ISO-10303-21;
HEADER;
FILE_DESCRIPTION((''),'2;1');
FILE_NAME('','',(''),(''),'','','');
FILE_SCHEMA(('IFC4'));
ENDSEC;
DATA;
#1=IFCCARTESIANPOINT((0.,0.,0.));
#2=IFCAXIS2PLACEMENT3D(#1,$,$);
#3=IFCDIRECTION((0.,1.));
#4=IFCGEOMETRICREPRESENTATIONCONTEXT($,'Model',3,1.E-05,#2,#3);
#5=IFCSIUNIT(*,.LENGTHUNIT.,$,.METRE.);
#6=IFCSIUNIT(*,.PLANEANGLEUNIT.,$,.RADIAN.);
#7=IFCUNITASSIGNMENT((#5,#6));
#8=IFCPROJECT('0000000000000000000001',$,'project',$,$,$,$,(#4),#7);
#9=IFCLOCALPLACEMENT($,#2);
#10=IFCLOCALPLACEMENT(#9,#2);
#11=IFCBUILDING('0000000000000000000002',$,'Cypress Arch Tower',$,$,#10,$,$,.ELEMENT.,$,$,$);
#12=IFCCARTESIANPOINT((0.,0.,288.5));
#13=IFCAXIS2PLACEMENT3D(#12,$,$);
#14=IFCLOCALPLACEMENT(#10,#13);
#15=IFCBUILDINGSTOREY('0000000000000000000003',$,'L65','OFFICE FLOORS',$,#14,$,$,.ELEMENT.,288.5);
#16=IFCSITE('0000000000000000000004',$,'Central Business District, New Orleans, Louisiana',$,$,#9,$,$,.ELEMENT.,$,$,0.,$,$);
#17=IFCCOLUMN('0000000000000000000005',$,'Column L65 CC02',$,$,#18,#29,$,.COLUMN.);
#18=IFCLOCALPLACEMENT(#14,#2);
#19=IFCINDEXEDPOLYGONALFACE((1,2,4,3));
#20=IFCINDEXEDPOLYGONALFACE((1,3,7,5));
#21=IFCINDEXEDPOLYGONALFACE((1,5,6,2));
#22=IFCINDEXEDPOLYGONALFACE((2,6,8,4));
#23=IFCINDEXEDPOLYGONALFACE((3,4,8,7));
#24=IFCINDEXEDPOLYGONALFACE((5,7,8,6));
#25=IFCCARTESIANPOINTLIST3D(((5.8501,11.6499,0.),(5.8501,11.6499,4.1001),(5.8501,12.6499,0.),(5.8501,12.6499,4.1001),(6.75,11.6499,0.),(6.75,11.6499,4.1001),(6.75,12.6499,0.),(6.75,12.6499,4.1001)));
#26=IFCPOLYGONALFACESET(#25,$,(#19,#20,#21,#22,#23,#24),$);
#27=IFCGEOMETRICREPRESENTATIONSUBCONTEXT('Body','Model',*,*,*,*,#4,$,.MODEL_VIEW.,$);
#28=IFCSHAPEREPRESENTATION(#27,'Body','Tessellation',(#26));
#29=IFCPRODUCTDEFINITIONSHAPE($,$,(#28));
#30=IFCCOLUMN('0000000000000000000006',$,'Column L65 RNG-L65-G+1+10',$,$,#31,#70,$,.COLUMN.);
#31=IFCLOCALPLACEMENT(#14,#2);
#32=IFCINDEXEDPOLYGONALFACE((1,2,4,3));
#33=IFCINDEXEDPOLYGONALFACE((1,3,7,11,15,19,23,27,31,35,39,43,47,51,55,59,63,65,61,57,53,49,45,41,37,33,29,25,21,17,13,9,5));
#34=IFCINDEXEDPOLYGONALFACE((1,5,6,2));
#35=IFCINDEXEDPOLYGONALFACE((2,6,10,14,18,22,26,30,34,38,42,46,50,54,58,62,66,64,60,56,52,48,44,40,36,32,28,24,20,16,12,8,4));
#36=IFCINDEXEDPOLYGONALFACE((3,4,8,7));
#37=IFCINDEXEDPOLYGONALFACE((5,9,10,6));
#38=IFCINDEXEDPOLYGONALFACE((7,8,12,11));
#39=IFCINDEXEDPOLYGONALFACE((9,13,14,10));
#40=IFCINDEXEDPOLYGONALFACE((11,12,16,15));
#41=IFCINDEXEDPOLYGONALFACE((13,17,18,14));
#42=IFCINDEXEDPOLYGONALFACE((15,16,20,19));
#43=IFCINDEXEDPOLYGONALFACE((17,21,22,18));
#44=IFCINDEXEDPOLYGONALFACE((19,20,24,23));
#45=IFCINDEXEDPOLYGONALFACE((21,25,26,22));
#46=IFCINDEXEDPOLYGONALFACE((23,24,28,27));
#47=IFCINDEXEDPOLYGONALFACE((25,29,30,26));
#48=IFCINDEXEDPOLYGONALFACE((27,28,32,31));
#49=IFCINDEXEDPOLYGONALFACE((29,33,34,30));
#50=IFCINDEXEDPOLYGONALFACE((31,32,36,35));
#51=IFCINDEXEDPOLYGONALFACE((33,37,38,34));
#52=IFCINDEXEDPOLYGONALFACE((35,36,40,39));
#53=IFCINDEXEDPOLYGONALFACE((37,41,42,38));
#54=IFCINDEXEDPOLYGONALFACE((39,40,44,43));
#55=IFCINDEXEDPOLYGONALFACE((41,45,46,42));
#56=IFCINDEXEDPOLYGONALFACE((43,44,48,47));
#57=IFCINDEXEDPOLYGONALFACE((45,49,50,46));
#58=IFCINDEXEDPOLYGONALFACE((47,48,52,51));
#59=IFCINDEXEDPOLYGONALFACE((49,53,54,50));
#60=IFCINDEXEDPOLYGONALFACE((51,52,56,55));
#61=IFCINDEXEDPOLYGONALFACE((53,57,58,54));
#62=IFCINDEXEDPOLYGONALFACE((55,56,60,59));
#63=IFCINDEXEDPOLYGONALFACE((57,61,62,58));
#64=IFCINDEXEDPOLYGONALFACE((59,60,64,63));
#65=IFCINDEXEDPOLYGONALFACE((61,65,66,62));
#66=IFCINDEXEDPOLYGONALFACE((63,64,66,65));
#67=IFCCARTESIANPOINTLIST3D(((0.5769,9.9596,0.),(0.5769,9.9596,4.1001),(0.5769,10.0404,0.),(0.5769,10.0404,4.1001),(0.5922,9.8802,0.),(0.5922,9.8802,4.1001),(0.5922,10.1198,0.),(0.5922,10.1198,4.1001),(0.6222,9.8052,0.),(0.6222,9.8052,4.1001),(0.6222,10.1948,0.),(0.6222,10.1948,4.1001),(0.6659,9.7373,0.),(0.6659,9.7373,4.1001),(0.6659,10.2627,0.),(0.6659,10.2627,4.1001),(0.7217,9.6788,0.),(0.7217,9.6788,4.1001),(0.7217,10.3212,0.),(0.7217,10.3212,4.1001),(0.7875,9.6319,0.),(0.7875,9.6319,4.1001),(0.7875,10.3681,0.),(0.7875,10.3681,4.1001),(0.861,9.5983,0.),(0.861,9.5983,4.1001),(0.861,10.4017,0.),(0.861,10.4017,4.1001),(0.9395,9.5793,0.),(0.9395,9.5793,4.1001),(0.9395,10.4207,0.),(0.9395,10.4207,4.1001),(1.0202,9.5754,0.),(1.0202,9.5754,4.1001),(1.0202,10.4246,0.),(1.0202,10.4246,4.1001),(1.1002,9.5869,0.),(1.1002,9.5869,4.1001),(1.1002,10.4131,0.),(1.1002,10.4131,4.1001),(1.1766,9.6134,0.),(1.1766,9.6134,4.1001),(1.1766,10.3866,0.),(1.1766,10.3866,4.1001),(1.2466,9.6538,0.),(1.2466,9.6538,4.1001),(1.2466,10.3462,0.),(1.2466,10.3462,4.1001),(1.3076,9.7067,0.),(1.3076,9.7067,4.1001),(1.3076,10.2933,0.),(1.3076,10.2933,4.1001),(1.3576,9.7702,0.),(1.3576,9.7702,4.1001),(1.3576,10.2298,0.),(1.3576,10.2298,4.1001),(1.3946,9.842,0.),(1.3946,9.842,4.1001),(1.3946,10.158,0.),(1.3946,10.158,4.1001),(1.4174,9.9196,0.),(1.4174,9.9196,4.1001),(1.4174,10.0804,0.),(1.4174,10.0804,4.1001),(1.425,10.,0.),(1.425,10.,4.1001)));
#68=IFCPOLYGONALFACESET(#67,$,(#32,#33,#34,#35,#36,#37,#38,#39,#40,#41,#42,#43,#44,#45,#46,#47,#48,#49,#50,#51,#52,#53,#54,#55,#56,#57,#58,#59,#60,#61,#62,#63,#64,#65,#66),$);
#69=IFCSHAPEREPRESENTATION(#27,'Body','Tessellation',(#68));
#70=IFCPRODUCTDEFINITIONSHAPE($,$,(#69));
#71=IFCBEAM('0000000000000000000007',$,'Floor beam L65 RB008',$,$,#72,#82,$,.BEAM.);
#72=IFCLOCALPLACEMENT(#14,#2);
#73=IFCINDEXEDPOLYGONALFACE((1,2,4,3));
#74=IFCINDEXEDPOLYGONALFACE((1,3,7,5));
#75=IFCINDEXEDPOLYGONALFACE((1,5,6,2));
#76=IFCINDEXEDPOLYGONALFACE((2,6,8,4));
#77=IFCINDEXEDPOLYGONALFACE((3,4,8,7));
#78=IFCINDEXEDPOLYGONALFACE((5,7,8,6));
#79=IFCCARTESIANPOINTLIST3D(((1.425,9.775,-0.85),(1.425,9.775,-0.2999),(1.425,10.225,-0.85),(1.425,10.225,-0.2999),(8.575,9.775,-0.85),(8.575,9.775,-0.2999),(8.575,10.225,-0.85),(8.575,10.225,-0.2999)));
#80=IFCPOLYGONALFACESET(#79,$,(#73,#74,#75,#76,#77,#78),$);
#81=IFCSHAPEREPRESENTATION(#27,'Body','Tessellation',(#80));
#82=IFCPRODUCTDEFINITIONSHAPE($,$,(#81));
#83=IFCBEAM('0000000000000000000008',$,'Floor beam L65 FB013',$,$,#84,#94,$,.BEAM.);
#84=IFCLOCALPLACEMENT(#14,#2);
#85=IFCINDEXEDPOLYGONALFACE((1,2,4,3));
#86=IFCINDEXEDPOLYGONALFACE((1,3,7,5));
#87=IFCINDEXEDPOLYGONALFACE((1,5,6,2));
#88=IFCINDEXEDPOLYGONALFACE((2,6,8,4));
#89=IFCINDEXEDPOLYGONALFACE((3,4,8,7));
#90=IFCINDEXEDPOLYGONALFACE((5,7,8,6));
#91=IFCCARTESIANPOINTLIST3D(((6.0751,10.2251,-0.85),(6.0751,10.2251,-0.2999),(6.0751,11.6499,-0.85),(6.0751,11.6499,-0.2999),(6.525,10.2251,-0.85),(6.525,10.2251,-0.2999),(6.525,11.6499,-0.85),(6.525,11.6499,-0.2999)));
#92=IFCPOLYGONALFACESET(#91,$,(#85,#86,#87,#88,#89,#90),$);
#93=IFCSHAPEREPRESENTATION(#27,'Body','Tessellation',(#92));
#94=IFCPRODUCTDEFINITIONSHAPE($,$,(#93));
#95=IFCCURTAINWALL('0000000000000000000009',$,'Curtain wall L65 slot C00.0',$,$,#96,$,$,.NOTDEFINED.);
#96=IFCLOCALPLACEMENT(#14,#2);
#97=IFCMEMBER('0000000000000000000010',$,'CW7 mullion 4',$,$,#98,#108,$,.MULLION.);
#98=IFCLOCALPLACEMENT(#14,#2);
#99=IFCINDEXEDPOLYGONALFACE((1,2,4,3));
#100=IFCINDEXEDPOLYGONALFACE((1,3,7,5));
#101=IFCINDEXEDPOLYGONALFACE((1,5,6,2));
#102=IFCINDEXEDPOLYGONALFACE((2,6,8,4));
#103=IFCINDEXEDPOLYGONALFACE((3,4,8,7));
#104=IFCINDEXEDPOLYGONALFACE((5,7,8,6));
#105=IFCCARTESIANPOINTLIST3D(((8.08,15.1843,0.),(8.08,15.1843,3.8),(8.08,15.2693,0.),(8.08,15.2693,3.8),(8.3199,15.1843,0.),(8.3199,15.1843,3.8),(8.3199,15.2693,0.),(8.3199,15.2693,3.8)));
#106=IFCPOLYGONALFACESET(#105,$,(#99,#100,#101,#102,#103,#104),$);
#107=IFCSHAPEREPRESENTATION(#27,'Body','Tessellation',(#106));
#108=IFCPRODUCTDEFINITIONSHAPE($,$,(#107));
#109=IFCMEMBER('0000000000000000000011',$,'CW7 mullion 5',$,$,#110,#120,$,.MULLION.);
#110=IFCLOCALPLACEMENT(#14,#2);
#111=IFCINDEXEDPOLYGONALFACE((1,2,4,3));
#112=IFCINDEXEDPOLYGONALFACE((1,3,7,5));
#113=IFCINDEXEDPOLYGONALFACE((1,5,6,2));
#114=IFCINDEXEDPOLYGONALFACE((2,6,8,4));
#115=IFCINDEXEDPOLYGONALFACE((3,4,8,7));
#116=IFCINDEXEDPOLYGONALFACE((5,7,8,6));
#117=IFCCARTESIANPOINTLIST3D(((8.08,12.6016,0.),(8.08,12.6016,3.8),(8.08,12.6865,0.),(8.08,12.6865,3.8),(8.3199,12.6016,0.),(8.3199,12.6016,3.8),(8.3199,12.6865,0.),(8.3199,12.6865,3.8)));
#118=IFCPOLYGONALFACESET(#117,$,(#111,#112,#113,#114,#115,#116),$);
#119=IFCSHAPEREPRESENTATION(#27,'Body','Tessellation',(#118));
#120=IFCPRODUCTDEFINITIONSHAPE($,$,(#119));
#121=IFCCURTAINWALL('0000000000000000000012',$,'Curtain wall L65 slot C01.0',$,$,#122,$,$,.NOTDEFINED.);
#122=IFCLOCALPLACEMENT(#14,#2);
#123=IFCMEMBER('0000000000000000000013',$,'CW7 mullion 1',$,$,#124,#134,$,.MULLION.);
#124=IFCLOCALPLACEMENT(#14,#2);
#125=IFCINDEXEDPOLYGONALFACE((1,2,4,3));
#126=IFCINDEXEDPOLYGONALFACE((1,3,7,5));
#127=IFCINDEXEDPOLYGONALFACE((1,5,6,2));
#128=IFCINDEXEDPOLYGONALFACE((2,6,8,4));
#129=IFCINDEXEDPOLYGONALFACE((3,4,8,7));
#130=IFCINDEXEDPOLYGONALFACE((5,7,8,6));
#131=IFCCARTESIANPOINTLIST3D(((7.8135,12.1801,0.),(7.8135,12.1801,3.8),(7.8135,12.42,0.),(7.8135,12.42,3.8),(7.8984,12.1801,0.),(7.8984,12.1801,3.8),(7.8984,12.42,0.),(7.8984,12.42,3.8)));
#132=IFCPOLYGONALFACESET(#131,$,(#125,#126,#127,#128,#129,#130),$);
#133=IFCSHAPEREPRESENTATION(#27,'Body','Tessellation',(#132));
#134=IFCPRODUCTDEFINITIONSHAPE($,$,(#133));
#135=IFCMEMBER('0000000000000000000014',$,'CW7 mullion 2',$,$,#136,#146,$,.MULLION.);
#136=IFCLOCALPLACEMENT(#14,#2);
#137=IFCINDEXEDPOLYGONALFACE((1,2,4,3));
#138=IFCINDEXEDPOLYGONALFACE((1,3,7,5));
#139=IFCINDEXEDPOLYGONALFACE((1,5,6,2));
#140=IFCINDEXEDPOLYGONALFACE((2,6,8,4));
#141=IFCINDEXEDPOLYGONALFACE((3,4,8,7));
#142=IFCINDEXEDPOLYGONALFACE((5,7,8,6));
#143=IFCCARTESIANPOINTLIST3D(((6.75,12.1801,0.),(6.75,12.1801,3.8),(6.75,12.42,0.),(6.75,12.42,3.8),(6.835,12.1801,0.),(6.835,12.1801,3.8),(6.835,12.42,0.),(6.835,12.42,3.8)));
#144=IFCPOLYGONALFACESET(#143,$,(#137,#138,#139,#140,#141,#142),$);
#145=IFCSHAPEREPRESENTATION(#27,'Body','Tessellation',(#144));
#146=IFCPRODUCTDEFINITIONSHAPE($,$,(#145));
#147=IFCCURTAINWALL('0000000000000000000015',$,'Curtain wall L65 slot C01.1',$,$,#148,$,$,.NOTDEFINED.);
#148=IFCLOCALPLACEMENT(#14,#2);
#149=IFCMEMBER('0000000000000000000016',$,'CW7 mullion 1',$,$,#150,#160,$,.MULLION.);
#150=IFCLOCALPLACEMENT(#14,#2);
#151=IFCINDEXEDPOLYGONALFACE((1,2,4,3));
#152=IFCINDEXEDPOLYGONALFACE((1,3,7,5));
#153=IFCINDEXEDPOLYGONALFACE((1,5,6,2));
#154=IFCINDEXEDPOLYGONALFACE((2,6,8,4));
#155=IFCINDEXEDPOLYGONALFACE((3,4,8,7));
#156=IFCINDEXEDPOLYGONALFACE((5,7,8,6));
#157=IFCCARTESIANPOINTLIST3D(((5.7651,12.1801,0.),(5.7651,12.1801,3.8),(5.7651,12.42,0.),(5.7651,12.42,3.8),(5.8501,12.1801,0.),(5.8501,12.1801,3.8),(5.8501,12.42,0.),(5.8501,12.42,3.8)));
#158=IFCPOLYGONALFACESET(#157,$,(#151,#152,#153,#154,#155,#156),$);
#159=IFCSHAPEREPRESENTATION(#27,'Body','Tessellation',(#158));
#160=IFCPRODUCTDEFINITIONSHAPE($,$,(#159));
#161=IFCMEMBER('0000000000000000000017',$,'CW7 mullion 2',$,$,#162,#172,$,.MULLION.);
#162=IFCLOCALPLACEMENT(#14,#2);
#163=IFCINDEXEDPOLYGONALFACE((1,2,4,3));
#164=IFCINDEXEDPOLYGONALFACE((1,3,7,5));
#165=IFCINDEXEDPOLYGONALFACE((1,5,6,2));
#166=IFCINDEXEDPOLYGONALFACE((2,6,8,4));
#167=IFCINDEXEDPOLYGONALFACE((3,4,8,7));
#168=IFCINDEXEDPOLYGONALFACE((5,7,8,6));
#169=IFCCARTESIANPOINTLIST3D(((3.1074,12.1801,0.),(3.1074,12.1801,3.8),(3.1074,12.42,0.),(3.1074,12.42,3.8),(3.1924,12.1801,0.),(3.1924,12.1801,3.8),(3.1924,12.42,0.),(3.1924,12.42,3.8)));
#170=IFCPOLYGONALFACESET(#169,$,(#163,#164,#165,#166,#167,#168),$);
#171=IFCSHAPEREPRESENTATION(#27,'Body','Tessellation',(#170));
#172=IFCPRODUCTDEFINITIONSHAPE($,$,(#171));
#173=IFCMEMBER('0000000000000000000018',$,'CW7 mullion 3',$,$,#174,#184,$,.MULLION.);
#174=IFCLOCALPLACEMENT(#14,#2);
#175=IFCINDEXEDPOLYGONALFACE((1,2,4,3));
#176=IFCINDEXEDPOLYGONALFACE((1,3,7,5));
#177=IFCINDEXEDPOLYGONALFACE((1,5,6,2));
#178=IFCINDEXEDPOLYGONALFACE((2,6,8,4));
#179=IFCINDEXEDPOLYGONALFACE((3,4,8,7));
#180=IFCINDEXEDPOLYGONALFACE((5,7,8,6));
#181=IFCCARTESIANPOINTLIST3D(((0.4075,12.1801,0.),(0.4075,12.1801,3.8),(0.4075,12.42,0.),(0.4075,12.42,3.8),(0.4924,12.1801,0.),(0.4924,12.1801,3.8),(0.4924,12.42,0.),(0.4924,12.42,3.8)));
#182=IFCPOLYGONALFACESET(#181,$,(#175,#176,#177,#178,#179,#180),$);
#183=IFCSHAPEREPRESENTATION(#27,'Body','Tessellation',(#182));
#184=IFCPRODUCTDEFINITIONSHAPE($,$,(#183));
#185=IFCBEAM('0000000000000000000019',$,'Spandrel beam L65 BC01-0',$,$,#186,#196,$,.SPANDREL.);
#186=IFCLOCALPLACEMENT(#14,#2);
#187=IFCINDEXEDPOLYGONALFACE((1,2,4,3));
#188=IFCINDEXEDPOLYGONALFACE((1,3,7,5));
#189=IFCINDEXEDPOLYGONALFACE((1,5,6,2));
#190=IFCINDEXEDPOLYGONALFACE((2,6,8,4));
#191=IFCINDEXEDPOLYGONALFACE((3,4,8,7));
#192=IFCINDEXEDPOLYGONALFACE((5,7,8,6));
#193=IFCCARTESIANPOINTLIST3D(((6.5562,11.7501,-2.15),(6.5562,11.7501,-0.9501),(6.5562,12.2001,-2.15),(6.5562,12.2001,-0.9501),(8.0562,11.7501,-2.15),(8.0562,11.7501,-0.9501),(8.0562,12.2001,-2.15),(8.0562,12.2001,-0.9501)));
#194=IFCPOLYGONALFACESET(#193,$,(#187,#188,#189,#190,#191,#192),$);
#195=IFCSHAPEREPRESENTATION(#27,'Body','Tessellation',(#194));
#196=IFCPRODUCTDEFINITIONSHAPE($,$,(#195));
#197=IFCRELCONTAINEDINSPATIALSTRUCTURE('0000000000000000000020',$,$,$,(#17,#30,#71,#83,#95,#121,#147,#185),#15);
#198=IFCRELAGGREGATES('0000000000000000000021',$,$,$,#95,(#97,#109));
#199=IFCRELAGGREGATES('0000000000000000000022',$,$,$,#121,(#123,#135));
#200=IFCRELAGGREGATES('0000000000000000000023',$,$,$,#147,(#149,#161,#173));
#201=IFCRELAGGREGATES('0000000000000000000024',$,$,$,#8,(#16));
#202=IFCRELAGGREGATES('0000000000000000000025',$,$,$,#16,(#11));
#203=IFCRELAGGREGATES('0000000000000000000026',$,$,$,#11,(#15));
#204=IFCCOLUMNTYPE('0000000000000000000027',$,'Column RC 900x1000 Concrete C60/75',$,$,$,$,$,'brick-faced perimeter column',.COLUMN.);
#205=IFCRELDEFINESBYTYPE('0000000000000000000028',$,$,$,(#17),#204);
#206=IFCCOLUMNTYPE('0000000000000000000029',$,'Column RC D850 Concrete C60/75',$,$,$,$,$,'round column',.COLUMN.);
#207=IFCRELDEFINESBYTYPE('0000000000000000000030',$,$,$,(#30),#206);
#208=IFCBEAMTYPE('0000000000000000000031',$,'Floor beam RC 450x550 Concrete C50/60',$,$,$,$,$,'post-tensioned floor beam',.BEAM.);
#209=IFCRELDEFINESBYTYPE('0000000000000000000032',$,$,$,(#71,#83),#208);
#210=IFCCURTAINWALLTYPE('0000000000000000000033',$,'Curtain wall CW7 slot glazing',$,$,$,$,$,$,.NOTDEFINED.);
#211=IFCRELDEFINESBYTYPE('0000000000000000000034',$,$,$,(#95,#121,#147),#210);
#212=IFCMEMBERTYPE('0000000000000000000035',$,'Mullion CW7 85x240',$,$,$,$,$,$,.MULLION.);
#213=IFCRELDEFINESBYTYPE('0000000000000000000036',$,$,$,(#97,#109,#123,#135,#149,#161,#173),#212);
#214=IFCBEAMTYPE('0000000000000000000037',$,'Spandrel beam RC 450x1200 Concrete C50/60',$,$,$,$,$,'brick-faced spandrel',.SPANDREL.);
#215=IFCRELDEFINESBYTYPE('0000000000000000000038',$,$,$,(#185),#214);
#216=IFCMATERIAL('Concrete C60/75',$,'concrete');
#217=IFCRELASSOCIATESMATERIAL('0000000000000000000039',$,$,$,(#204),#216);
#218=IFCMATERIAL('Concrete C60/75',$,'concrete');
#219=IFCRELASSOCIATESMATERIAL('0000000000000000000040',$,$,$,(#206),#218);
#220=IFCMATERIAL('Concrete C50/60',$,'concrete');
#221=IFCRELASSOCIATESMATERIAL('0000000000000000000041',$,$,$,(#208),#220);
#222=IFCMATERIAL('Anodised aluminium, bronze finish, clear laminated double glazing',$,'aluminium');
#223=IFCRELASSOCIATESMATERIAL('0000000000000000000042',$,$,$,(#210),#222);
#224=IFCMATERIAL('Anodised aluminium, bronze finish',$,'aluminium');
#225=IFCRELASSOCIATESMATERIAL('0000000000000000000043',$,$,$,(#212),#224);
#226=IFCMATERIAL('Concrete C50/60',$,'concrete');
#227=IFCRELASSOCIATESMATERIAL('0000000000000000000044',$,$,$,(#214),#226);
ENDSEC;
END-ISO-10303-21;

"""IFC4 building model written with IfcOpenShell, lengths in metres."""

from ifc_helpers import new_model, si_unit, direction, frame, origin, origin_2d, place, context, subcontext, project, spatial, rectangle, circle, extrude, material, material_profile, profile_set, type_object, element, aggregate, save


model = new_model("IFC4")

# Units and contexts
model_context = context("Model", 3, precision=1e-05, world=origin(), true_north=direction((0.0, 1.0)))
body_context = subcontext(model_context, "Body", "Model", "MODEL_VIEW")
ifc_project = project(units=[si_unit("LENGTHUNIT", "METRE"), si_unit("PLANEANGLEUNIT", "RADIAN")], contexts=[model_context])

# Site, building, storey
site_placement = place(None, origin())
site = spatial("IfcSite", under=ifc_project, at=site_placement, Name="Central Business District, New Orleans, Louisiana", CompositionType="ELEMENT", RefElevation=0.0)
building_placement = place(site_placement, origin())
building = spatial("IfcBuilding", under=site, at=building_placement, Name="Cypress Arch Tower", CompositionType="ELEMENT")
storey_placement = place(building_placement, frame((0.0, 0.0, 288.5)))
storey = spatial("IfcBuildingStorey", under=building, at=storey_placement, Name="L65", Description="OFFICE FLOORS", CompositionType="ELEMENT", Elevation=288.5)

# Columns
ifc_material_1 = material(Name="Concrete C60/75", Category="concrete")
ifc_material_profile_1 = material_profile(ifc_material_1, rectangle(XDim=0.8999, YDim=1.0, at=origin_2d()), Name="RC 900x1000")
ifc_profile_set_1 = profile_set([ifc_material_profile_1], Name="Concrete C60/75")
column_type_1 = type_object("IfcColumnType", Name="Column RC 900x1000 Concrete C60/75", ElementType="brick-faced perimeter column", PredefinedType="COLUMN", material=ifc_profile_set_1)
column_1_placement = place(storey_placement, frame((6.3, 12.1499, 0.0), z_axis=(0.0, 0.0, 1.0), x_axis=(-1.0, 0.0, 0.0)))
element("IfcColumn", 1, at=column_1_placement, inside=storey, type_object=column_type_1, Name="Column L65 CC02", PredefinedType="COLUMN", context=body_context, shape_type="SweptSolid", body=[
    extrude(rectangle(XDim=0.8999, YDim=1.0, at=origin_2d()), origin(), (0.0, 0.0, 1.0), 4.1001),
])
ifc_material_2 = material(Name="Concrete C60/75", Category="concrete")
ifc_material_profile_2 = material_profile(ifc_material_2, circle(Radius=0.425, at=origin_2d()), Name="RC D850")
ifc_profile_set_2 = profile_set([ifc_material_profile_2], Name="Concrete C60/75")
column_type_2 = type_object("IfcColumnType", Name="Column RC D850 Concrete C60/75", ElementType="round column", PredefinedType="COLUMN", material=ifc_profile_set_2)
column_2_placement = place(storey_placement, frame((1.0, 10.0, 0.0), z_axis=(0.0, 0.0, 1.0), x_axis=(1.0, 0.0, 0.0)))
element("IfcColumn", 2, at=column_2_placement, inside=storey, type_object=column_type_2, Name="Column L65 RNG-L65-G+1+10", PredefinedType="COLUMN", context=body_context, shape_type="SweptSolid", body=[
    extrude(circle(Radius=0.425, at=origin_2d()), origin(), (0.0, 0.0, 1.0), 4.1001),
])

# Beams
ifc_material_3 = material(Name="Concrete C50/60", Category="concrete")
ifc_material_profile_3 = material_profile(ifc_material_3, rectangle(XDim=0.45, YDim=0.55, at=origin_2d()), Name="RC 450x550")
ifc_profile_set_3 = profile_set([ifc_material_profile_3], Name="Concrete C50/60")
beam_type_1 = type_object("IfcBeamType", Name="Floor beam RC 450x550 Concrete C50/60", ElementType="post-tensioned floor beam", PredefinedType="BEAM", material=ifc_profile_set_3)
beam_1_placement = place(storey_placement, frame((1.425, 10.0, -0.575), z_axis=(1.0, 0.0, 0.0), x_axis=(0.0, 1.0, 0.0)))
element("IfcBeam", 3, at=beam_1_placement, inside=storey, type_object=beam_type_1, Name="Floor beam L65 RB008", PredefinedType="BEAM", context=body_context, shape_type="SweptSolid", body=[
    extrude(rectangle(XDim=0.45, YDim=0.55, at=origin_2d()), origin(), (0.0, 0.0, 1.0), 7.1499),
])
beam_2_placement = place(storey_placement, frame((6.3, 10.2251, -0.575), z_axis=(0.0, 1.0, 0.0), x_axis=(-1.0, 0.0, 0.0)))
element("IfcBeam", 4, at=beam_2_placement, inside=storey, type_object=beam_type_1, Name="Floor beam L65 FB013", PredefinedType="BEAM", context=body_context, shape_type="SweptSolid", body=[
    extrude(rectangle(XDim=0.45, YDim=0.55, at=origin_2d()), origin(), (0.0, 0.0, 1.0), 1.4248),
])

# Curtain walls, members
ifc_material_4 = material(Name="Anodised aluminium, bronze finish, clear laminated double glazing", Category="aluminium")
curtain_wall_type = type_object("IfcCurtainWallType", Name="Curtain wall CW7 slot glazing", PredefinedType="NOTDEFINED", material=ifc_material_4)
curtain_wall_1_placement = place(storey_placement, origin())
curtain_wall_1 = element("IfcCurtainWall", 5, at=curtain_wall_1_placement, inside=storey, type_object=curtain_wall_type, Name="Curtain wall L65 slot C00.0", PredefinedType="NOTDEFINED")
ifc_material_5 = material(Name="Anodised aluminium, bronze finish", Category="aluminium")
ifc_material_profile_4 = material_profile(ifc_material_5, rectangle(XDim=0.24, YDim=0.085, at=origin_2d()), Name="Mullion 85x240")
ifc_profile_set_4 = profile_set([ifc_material_profile_4], Name="Anodised aluminium, bronze finish")
member_type_1 = type_object("IfcMemberType", Name="Mullion CW7 85x240", PredefinedType="MULLION", material=ifc_profile_set_4)
member_1_placement = place(storey_placement, frame((8.2, 15.2268, 0.0), z_axis=(0.0, 0.0, 1.0), x_axis=(1.0, 0.0, 0.0)))
member_1 = element("IfcMember", 6, at=member_1_placement, type_object=member_type_1, Name="CW7 mullion 4", PredefinedType="MULLION", context=body_context, shape_type="SweptSolid", body=[
    extrude(rectangle(XDim=0.24, YDim=0.085, at=origin_2d()), origin(), (0.0, 0.0, 1.0), 3.8),
])
member_2_placement = place(storey_placement, frame((8.2, 12.644, 0.0), z_axis=(0.0, 0.0, 1.0), x_axis=(1.0, 0.0, 0.0)))
member_2 = element("IfcMember", 7, at=member_2_placement, type_object=member_type_1, Name="CW7 mullion 5", PredefinedType="MULLION", context=body_context, shape_type="SweptSolid", body=[
    extrude(rectangle(XDim=0.24, YDim=0.085, at=origin_2d()), origin(), (0.0, 0.0, 1.0), 3.8),
])
curtain_wall_2_placement = place(storey_placement, origin())
curtain_wall_2 = element("IfcCurtainWall", 8, at=curtain_wall_2_placement, inside=storey, type_object=curtain_wall_type, Name="Curtain wall L65 slot C01.0", PredefinedType="NOTDEFINED")
member_3_placement = place(storey_placement, frame((7.856, 12.3, 0.0), z_axis=(0.0, 0.0, 1.0), x_axis=(0.0, -1.0, 0.0)))
member_3 = element("IfcMember", 9, at=member_3_placement, type_object=member_type_1, Name="CW7 mullion 1", PredefinedType="MULLION", context=body_context, shape_type="SweptSolid", body=[
    extrude(rectangle(XDim=0.24, YDim=0.085, at=origin_2d()), origin(), (0.0, 0.0, 1.0), 3.8),
])
member_4_placement = place(storey_placement, frame((6.7925, 12.3, 0.0), z_axis=(0.0, 0.0, 1.0), x_axis=(0.0, -1.0, 0.0)))
member_4 = element("IfcMember", 10, at=member_4_placement, type_object=member_type_1, Name="CW7 mullion 2", PredefinedType="MULLION", context=body_context, shape_type="SweptSolid", body=[
    extrude(rectangle(XDim=0.24, YDim=0.085, at=origin_2d()), origin(), (0.0, 0.0, 1.0), 3.8),
])
curtain_wall_3_placement = place(storey_placement, origin())
curtain_wall_3 = element("IfcCurtainWall", 11, at=curtain_wall_3_placement, inside=storey, type_object=curtain_wall_type, Name="Curtain wall L65 slot C01.1", PredefinedType="NOTDEFINED")
member_5_placement = place(storey_placement, frame((5.8076, 12.3, 0.0), z_axis=(0.0, 0.0, 1.0), x_axis=(0.0, -1.0, 0.0)))
member_5 = element("IfcMember", 12, at=member_5_placement, type_object=member_type_1, Name="CW7 mullion 1", PredefinedType="MULLION", context=body_context, shape_type="SweptSolid", body=[
    extrude(rectangle(XDim=0.24, YDim=0.085, at=origin_2d()), origin(), (0.0, 0.0, 1.0), 3.8),
])
member_6_placement = place(storey_placement, frame((3.1499, 12.3, 0.0), z_axis=(0.0, 0.0, 1.0), x_axis=(0.0, -1.0, 0.0)))
member_6 = element("IfcMember", 13, at=member_6_placement, type_object=member_type_1, Name="CW7 mullion 2", PredefinedType="MULLION", context=body_context, shape_type="SweptSolid", body=[
    extrude(rectangle(XDim=0.24, YDim=0.085, at=origin_2d()), origin(), (0.0, 0.0, 1.0), 3.8),
])
member_7_placement = place(storey_placement, frame((0.45, 12.3, 0.0), z_axis=(0.0, 0.0, 1.0), x_axis=(0.0, -1.0, 0.0)))
member_7 = element("IfcMember", 14, at=member_7_placement, type_object=member_type_1, Name="CW7 mullion 3", PredefinedType="MULLION", context=body_context, shape_type="SweptSolid", body=[
    extrude(rectangle(XDim=0.24, YDim=0.085, at=origin_2d()), origin(), (0.0, 0.0, 1.0), 3.8),
])

# Beam
ifc_material_6 = material(Name="Concrete C50/60", Category="concrete")
ifc_material_profile_5 = material_profile(ifc_material_6, rectangle(XDim=0.45, YDim=1.2, at=origin_2d()), Name="RC 450x1200")
ifc_profile_set_5 = profile_set([ifc_material_profile_5], Name="Concrete C50/60")
beam_type_2 = type_object("IfcBeamType", Name="Spandrel beam RC 450x1200 Concrete C50/60", ElementType="brick-faced spandrel", PredefinedType="SPANDREL", material=ifc_profile_set_5)
beam_3_placement = place(storey_placement, frame((8.0562, 11.9751, -1.55), z_axis=(-1.0, 0.0, 0.0), x_axis=(0.0, -1.0, 0.0)))
element("IfcBeam", 15, at=beam_3_placement, inside=storey, type_object=beam_type_2, Name="Spandrel beam L65 BC01-0", PredefinedType="SPANDREL", context=body_context, shape_type="SweptSolid", body=[
    extrude(rectangle(XDim=0.45, YDim=1.2, at=origin_2d()), origin(), (0.0, 0.0, 1.0), 1.5),
])

aggregate(curtain_wall_1, [member_1, member_2])
aggregate(curtain_wall_2, [member_3, member_4])
aggregate(curtain_wall_3, [member_5, member_6, member_7])

save(model, "model.ifc")
